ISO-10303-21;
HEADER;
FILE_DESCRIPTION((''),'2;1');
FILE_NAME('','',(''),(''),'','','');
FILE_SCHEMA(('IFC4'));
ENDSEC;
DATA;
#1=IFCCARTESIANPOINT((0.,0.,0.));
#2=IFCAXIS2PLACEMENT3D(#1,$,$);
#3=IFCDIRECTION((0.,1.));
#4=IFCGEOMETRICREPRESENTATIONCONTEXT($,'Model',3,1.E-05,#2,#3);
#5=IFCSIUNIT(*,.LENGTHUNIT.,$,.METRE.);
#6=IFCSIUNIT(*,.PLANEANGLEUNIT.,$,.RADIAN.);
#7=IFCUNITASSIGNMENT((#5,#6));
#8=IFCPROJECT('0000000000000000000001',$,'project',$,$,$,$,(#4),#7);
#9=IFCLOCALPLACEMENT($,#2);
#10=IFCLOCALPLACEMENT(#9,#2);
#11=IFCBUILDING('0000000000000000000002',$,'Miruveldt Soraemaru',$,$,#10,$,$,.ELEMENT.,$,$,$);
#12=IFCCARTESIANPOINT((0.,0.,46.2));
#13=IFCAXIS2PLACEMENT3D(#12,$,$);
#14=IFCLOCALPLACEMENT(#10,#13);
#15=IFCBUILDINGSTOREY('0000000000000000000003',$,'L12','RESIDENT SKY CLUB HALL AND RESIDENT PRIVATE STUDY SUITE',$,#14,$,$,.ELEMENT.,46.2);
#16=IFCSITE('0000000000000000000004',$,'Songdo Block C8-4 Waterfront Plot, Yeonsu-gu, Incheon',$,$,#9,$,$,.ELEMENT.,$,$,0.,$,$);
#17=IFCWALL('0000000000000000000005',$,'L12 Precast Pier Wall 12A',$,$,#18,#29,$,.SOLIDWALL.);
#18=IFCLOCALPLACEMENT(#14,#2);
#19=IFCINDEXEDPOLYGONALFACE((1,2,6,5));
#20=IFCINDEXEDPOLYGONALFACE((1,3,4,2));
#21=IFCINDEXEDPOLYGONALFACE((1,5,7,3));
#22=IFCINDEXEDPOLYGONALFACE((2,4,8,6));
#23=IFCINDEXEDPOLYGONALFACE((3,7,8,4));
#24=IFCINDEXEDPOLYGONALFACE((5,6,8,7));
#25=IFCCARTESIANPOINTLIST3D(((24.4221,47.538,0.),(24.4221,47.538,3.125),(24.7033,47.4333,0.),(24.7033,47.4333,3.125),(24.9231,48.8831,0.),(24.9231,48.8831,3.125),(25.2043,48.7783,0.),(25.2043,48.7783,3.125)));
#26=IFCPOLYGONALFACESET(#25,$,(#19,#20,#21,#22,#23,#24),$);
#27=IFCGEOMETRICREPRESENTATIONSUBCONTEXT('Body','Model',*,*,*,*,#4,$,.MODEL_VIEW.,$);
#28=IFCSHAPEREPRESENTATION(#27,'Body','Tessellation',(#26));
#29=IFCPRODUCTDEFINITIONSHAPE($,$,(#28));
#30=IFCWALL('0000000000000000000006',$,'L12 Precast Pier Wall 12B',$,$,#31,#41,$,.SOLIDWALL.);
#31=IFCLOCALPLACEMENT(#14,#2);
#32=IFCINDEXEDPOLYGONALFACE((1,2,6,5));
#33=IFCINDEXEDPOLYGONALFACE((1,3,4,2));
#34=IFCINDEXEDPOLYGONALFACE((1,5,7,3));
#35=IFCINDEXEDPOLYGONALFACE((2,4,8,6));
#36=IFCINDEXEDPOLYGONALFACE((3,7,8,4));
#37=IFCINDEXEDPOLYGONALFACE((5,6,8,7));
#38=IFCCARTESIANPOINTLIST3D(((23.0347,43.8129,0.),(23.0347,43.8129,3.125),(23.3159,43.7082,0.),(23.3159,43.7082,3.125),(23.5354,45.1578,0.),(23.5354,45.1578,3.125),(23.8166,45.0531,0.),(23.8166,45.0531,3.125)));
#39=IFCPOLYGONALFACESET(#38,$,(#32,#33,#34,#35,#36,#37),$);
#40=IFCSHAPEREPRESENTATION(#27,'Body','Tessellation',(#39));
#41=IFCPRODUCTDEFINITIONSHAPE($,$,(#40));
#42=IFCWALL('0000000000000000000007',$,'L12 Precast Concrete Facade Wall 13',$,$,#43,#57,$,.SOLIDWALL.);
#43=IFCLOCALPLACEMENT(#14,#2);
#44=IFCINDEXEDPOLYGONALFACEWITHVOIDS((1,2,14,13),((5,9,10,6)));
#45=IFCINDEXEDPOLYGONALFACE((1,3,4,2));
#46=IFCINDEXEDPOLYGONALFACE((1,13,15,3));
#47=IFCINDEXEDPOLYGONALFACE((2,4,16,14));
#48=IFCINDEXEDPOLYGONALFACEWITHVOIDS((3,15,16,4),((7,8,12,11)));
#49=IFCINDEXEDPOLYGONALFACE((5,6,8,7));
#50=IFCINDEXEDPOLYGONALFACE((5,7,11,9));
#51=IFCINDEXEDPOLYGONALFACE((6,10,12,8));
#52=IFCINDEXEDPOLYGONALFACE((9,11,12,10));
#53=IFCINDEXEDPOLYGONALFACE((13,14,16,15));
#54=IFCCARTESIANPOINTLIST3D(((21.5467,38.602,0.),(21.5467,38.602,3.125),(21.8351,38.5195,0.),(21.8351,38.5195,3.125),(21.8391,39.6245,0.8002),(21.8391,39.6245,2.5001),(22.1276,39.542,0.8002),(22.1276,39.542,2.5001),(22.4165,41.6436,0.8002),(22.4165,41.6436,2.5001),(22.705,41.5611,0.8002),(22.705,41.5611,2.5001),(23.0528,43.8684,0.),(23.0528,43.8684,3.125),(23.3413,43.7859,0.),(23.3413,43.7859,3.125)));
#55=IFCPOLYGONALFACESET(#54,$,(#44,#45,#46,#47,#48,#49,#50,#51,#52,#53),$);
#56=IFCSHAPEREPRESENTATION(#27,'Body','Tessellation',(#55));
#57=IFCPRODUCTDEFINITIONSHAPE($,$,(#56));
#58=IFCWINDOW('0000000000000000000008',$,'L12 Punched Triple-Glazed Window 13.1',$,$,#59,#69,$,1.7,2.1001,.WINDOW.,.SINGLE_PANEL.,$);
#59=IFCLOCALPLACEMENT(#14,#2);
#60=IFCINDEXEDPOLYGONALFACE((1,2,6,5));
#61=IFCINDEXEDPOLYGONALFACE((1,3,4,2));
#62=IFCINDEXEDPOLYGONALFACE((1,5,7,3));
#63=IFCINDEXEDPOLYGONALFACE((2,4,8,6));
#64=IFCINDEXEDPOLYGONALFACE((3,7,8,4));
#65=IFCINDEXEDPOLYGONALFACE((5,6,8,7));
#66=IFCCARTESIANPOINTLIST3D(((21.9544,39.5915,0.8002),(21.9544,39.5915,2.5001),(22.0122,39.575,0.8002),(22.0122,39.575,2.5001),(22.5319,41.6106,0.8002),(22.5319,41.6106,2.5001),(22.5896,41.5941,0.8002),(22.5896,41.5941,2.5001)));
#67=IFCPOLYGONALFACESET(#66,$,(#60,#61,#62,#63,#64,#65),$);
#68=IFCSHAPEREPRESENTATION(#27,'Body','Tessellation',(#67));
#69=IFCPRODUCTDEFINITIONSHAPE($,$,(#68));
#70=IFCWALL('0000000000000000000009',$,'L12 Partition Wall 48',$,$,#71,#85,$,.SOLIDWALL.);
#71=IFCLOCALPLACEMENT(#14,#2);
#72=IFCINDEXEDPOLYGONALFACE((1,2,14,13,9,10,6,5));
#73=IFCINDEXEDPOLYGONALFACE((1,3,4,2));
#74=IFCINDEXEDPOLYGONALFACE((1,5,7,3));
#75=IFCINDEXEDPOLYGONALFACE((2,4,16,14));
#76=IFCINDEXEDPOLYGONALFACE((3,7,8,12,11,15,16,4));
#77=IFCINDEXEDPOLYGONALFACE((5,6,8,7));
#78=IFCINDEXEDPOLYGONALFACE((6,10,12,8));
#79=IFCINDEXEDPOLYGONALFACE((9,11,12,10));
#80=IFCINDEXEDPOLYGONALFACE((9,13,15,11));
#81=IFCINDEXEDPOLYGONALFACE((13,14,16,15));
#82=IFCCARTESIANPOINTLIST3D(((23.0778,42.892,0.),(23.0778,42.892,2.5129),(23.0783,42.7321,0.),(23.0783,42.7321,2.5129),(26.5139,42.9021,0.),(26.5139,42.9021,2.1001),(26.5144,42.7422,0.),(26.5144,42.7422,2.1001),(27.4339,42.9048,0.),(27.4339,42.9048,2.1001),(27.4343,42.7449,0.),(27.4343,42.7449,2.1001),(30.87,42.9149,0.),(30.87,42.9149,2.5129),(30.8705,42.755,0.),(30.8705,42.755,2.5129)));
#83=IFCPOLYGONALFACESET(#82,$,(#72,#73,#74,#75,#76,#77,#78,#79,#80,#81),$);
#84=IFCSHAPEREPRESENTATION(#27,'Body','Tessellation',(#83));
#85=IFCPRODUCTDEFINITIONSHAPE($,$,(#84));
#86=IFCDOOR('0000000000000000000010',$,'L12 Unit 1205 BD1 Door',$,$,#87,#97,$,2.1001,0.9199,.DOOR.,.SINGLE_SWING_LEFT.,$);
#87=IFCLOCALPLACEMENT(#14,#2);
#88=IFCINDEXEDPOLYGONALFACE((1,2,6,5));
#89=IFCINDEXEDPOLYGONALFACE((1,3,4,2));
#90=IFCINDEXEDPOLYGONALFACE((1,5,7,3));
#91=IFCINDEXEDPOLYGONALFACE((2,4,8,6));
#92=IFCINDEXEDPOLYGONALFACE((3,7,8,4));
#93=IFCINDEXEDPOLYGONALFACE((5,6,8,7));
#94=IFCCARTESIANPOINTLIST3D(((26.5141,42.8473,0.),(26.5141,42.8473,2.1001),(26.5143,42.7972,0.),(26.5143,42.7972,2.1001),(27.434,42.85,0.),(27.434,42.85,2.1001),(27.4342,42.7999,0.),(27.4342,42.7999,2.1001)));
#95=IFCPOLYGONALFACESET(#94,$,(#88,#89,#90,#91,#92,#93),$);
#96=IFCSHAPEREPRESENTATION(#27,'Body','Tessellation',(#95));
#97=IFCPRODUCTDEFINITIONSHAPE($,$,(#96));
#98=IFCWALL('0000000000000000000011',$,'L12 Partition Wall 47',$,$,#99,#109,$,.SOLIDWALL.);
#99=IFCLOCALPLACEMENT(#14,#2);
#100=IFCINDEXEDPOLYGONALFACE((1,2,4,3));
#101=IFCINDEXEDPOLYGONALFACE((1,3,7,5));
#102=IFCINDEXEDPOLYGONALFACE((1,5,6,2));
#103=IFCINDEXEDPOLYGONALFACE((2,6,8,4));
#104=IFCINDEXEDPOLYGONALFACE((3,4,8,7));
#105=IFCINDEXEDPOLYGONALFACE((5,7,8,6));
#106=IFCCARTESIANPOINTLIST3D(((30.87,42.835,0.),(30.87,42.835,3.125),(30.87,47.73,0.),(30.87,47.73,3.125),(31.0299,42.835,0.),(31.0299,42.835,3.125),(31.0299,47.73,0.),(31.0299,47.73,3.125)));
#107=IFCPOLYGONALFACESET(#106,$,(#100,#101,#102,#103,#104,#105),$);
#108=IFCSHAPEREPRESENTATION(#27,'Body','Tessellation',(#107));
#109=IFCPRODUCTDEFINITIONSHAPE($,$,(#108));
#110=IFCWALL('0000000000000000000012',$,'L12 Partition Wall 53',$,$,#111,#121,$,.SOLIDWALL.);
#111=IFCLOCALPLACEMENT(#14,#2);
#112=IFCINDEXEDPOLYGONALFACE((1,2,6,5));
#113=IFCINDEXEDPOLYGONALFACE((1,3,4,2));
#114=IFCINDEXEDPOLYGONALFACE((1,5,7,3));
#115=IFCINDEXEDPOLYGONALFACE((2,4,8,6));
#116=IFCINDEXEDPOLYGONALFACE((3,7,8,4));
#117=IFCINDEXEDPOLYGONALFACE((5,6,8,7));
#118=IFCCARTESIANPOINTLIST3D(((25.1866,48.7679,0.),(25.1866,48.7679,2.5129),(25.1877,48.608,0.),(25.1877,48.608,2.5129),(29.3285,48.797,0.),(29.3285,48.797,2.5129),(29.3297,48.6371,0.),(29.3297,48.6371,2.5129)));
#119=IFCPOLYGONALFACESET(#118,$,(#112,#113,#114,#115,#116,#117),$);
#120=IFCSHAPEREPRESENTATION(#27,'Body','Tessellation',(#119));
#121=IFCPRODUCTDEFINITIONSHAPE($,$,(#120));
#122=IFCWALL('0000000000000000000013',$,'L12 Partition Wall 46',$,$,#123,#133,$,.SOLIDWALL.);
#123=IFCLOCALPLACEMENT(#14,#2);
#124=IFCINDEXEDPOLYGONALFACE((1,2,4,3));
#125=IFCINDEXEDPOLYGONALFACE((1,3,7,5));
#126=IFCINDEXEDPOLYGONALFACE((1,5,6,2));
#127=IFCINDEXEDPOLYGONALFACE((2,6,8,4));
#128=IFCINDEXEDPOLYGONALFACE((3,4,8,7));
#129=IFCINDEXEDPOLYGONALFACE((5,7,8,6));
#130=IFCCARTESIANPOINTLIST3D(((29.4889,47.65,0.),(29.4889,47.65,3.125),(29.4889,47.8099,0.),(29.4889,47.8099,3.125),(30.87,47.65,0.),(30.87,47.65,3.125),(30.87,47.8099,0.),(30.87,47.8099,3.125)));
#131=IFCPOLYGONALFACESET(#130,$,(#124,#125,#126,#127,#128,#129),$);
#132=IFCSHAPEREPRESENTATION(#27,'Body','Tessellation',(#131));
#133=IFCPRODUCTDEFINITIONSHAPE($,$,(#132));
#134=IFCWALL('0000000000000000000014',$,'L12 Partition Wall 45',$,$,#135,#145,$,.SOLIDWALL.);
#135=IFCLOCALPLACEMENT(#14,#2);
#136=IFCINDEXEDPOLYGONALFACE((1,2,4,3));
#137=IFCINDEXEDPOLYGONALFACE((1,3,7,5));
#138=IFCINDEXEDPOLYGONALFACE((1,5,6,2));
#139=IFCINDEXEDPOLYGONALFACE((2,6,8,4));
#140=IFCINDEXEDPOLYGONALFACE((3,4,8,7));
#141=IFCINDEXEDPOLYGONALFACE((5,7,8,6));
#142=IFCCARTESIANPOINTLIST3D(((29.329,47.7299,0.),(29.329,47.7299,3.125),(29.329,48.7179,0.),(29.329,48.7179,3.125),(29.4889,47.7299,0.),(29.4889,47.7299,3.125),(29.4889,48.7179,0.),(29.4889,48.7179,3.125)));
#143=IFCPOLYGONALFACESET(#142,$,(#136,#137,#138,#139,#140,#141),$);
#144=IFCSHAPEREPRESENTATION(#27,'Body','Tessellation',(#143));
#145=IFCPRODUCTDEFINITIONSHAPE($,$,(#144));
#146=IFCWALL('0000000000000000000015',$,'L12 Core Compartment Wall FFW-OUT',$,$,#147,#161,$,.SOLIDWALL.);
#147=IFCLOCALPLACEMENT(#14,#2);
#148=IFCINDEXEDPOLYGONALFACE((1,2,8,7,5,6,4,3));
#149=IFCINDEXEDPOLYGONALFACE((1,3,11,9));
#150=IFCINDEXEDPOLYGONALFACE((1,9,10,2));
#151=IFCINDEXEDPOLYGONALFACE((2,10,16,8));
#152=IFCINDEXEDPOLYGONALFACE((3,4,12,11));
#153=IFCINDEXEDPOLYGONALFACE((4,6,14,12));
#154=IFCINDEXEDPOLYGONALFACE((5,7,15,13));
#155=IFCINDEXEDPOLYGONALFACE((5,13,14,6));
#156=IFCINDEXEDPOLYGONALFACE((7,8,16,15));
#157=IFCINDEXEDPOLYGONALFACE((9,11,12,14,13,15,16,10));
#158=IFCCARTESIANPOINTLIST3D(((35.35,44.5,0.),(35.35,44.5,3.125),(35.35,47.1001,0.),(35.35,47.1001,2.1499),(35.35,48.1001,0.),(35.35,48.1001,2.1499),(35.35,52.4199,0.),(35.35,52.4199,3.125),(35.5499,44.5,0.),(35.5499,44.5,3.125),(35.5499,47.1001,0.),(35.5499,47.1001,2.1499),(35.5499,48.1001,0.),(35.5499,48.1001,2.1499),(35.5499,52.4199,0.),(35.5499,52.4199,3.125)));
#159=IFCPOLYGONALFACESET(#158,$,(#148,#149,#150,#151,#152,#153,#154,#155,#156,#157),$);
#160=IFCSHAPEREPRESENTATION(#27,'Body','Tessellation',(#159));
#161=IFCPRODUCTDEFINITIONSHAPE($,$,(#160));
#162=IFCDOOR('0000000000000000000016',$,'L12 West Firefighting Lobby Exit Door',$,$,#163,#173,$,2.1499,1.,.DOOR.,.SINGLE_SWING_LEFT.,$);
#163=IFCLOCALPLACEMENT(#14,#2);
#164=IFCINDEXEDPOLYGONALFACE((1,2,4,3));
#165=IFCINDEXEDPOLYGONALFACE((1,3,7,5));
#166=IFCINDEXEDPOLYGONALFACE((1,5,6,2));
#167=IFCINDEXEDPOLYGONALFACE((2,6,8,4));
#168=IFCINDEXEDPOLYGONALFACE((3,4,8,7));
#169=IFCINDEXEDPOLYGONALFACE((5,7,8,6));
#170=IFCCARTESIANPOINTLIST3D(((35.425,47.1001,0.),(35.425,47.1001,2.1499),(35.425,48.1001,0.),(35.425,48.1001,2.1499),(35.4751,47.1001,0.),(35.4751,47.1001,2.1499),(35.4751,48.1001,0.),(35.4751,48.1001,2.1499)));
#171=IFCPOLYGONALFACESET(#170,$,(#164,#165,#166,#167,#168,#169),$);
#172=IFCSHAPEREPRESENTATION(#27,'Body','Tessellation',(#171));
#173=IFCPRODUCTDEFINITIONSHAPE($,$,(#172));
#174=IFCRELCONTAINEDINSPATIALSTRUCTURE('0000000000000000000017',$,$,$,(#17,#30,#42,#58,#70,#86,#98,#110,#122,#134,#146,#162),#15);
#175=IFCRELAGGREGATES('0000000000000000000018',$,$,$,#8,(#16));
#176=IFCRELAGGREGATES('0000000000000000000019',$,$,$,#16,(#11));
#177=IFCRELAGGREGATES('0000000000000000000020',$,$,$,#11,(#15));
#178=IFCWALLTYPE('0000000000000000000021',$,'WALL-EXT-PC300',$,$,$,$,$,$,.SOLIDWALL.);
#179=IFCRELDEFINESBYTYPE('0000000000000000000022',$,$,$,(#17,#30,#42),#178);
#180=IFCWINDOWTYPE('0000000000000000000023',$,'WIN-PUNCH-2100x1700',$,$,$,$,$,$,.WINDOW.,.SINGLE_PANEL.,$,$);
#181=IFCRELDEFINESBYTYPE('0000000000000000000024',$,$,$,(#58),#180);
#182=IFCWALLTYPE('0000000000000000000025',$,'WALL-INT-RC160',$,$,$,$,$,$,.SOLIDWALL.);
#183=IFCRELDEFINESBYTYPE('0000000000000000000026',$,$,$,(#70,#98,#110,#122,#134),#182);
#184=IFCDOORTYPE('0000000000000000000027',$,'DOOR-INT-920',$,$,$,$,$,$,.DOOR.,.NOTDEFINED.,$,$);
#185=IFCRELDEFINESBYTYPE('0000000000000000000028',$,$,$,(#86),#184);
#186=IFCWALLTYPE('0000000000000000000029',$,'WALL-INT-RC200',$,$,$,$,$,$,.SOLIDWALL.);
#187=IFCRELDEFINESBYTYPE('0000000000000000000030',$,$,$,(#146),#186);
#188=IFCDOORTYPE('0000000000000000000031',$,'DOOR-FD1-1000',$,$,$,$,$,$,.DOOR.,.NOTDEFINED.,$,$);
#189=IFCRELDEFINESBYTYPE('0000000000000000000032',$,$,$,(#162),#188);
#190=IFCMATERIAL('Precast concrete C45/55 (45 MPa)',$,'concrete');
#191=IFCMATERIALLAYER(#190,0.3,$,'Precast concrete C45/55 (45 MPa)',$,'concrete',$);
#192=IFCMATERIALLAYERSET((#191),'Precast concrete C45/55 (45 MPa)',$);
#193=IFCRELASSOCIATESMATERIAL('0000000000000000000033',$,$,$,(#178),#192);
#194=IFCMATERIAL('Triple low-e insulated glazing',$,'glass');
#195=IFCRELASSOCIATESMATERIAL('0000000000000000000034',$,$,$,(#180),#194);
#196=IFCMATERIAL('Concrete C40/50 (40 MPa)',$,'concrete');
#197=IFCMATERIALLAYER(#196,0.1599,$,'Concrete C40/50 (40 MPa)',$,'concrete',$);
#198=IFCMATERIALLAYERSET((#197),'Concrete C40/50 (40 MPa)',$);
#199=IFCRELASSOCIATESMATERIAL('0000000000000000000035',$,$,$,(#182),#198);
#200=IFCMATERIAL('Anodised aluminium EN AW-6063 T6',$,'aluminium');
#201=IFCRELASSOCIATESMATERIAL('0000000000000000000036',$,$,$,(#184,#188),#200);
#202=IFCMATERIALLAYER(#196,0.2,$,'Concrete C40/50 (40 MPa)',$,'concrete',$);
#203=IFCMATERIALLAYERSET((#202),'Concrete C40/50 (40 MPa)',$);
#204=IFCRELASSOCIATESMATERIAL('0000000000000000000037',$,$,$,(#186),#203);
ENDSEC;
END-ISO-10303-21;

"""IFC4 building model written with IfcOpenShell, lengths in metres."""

from ifc_helpers import new_model, si_unit, direction, frame, frame_2d, origin, place, context, subcontext, project, spatial, rectangle, extrude, material, layer, layer_set, type_object, element, fill, save


model = new_model("IFC4")

# Units and contexts
model_context = context("Model", 3, precision=1e-05, world=origin(), true_north=direction((0.0, 1.0)))
body_context = subcontext(model_context, "Body", "Model", "MODEL_VIEW")
ifc_project = project(units=[si_unit("LENGTHUNIT", "METRE"), si_unit("PLANEANGLEUNIT", "RADIAN")], contexts=[model_context])

# Site, building, storey
site_placement = place(None, origin())
site = spatial("IfcSite", under=ifc_project, at=site_placement, Name="Songdo Block C8-4 Waterfront Plot, Yeonsu-gu, Incheon", CompositionType="ELEMENT", RefElevation=0.0)
building_placement = place(site_placement, origin())
building = spatial("IfcBuilding", under=site, at=building_placement, Name="Miruveldt Soraemaru", CompositionType="ELEMENT")
storey_placement = place(building_placement, frame((0.0, 0.0, 46.2)))
storey = spatial("IfcBuildingStorey", under=building, at=storey_placement, Name="L12", Description="RESIDENT SKY CLUB HALL AND RESIDENT PRIVATE STUDY SUITE", CompositionType="ELEMENT", Elevation=46.2)

# Shared definitions
ifc_material_1 = material(Name="Anodised aluminium EN AW-6063 T6", Category="aluminium")

# Shared definitions
ifc_material_2 = material(Name="Triple low-e insulated glazing", Category="glass")

# Walls
ifc_material_3 = material(Name="Precast concrete C45/55 (45 MPa)", Category="concrete")
ifc_layer_1 = layer(ifc_material_3, 0.3, Name="Precast concrete C45/55 (45 MPa)", Category="concrete")
ifc_layer_set_1 = layer_set([ifc_layer_1], Name="Precast concrete C45/55 (45 MPa)")
wall_type_1 = type_object("IfcWallType", Name="WALL-EXT-PC300", PredefinedType="SOLIDWALL", material=ifc_layer_set_1)
wall_1_placement = place(storey_placement, frame((25.0637, 48.8308, 0.0), z_axis=(0.0, 0.0, 1.0), x_axis=(-0.349053, -0.937103, 0.0)))
element("IfcWall", 1, at=wall_1_placement, inside=storey, type_object=wall_type_1, Name="L12 Precast Pier Wall 12A", PredefinedType="SOLIDWALL", context=body_context, shape_type="SweptSolid", body=[
    extrude(rectangle(XDim=1.4353, YDim=0.3, at=frame_2d((0.7178, 0.0))), origin(), (0.0, 0.0, 1.0), 3.125),
])
wall_2_placement = place(storey_placement, frame((23.676, 45.1055, 0.0), z_axis=(0.0, 0.0, 1.0), x_axis=(-0.348904, -0.937158, 0.0)))
element("IfcWall", 2, at=wall_2_placement, inside=storey, type_object=wall_type_1, Name="L12 Precast Pier Wall 12B", PredefinedType="SOLIDWALL", context=body_context, shape_type="SweptSolid", body=[
    extrude(rectangle(XDim=1.4351, YDim=0.3, at=frame_2d((0.7175, 0.0))), origin(), (0.0, 0.0, 1.0), 3.125),
])

# Wall, opening, window
wall_3_placement = place(storey_placement, frame((23.197, 43.8271, 0.0), z_axis=(0.0, 0.0, 1.0), x_axis=(-0.274962, -0.961455, 0.0)))
wall_3 = element("IfcWall", 3, at=wall_3_placement, inside=storey, type_object=wall_type_1, Name="L12 Precast Concrete Facade Wall 13", PredefinedType="SOLIDWALL", context=body_context, shape_type="SweptSolid", body=[
    extrude(rectangle(XDim=5.4775, YDim=0.3, at=frame_2d((2.7388, 0.0))), origin(), (0.0, 0.0, 1.0), 3.125),
])
opening_1_placement = place(wall_3_placement, frame((2.314, 0.0, 0.8)))
opening_1 = element("IfcOpeningElement", 4, at=opening_1_placement, cuts=wall_3, PredefinedType="OPENING", context=body_context, shape_type="SweptSolid", body=[
    extrude(rectangle(XDim=2.1001, YDim=1.7, at=frame_2d((1.05, 0.8501))), frame((0.0, 0.1602, 0.0), z_axis=(0.0, -1.0, 0.0), x_axis=(1.0, 0.0, 0.0)), (0.0, 0.0, 1.0), 0.3201),
])
window_type_1 = type_object("IfcWindowType", Name="WIN-PUNCH-2100x1700", PartitioningType="SINGLE_PANEL", PredefinedType="WINDOW", material=ifc_material_2)
window_1_placement = place(opening_1_placement, origin())
window_1 = element("IfcWindow", 5, at=window_1_placement, inside=storey, type_object=window_type_1, Name="L12 Punched Triple-Glazed Window 13.1", OverallHeight=1.7, OverallWidth=2.1001, PartitioningType="SINGLE_PANEL", PredefinedType="WINDOW", context=body_context, shape_type="SweptSolid", body=[
    extrude(rectangle(XDim=2.1001, YDim=1.7, at=frame_2d((1.05, 0.8501))), frame((0.0, 0.03, 0.0), z_axis=(0.0, -1.0, 0.0), x_axis=(1.0, 0.0, 0.0)), (0.0, 0.0, 1.0), 0.0601),
])
fill(opening_1, window_1)

# Wall, opening, door
ifc_material_4 = material(Name="Concrete C40/50 (40 MPa)", Category="concrete")
ifc_layer_2 = layer(ifc_material_4, 0.1599, Name="Concrete C40/50 (40 MPa)", Category="concrete")
ifc_layer_set_2 = layer_set([ifc_layer_2], Name="Concrete C40/50 (40 MPa)")
wall_type_2 = type_object("IfcWallType", Name="WALL-INT-RC160", PredefinedType="SOLIDWALL", material=ifc_layer_set_2)
wall_4_placement = place(storey_placement, frame((30.8701, 42.835, 0.0), z_axis=(0.0, 0.0, 1.0), x_axis=(-0.999996, -0.002945, 0.0)))
wall_4 = element("IfcWall", 6, at=wall_4_placement, inside=storey, type_object=wall_type_2, Name="L12 Partition Wall 48", PredefinedType="SOLIDWALL", context=body_context, shape_type="SweptSolid", body=[
    extrude(rectangle(XDim=7.7922, YDim=0.1599, at=frame_2d((3.896, 0.0))), origin(), (0.0, 0.0, 1.0), 2.5129),
])
opening_2_placement = place(wall_4_placement, frame((3.436, 0.0, 0.0)))
opening_2 = element("IfcOpeningElement", 7, at=opening_2_placement, cuts=wall_4, PredefinedType="OPENING", context=body_context, shape_type="SweptSolid", body=[
    extrude(rectangle(XDim=0.9199, YDim=2.1001, at=frame_2d((0.46, 1.05))), frame((0.0, 0.0898, 0.0), z_axis=(0.0, -1.0, 0.0), x_axis=(1.0, 0.0, 0.0)), (0.0, 0.0, 1.0), 0.1799),
])
door_type_1 = type_object("IfcDoorType", Name="DOOR-INT-920", OperationType="NOTDEFINED", PredefinedType="DOOR", material=ifc_material_1)
door_1_placement = place(opening_2_placement, origin())
door_1 = element("IfcDoor", 8, at=door_1_placement, inside=storey, type_object=door_type_1, Name="L12 Unit 1205 BD1 Door", OperationType="SINGLE_SWING_LEFT", OverallHeight=2.1001, OverallWidth=0.9199, PredefinedType="DOOR", context=body_context, shape_type="SweptSolid", body=[
    extrude(rectangle(XDim=0.9199, YDim=2.1001, at=frame_2d((0.46, 1.05))), frame((0.0, 0.0249, 0.0), z_axis=(0.0, -1.0, 0.0), x_axis=(1.0, 0.0, 0.0)), (0.0, 0.0, 1.0), 0.05),
])
fill(opening_2, door_1)

# Walls
wall_5_placement = place(storey_placement, frame((30.95, 47.73, 0.0), z_axis=(0.0, 0.0, 1.0), x_axis=(0.0, -1.0, 0.0)))
element("IfcWall", 9, at=wall_5_placement, inside=storey, type_object=wall_type_2, Name="L12 Partition Wall 47", PredefinedType="SOLIDWALL", context=body_context, shape_type="SweptSolid", body=[
    extrude(rectangle(XDim=4.895, YDim=0.1599, at=frame_2d((2.4475, 0.0))), origin(), (0.0, 0.0, 1.0), 3.125),
])
wall_6_placement = place(storey_placement, frame((29.3291, 48.717, 0.0), z_axis=(0.0, 0.0, 1.0), x_axis=(-0.999975, -0.007014, 0.0)))
element("IfcWall", 10, at=wall_6_placement, inside=storey, type_object=wall_type_2, Name="L12 Partition Wall 53", PredefinedType="SOLIDWALL", context=body_context, shape_type="SweptSolid", body=[
    extrude(rectangle(XDim=4.1421, YDim=0.1599, at=frame_2d((2.071, 0.0))), origin(), (0.0, 0.0, 1.0), 2.5129),
])
wall_7_placement = place(storey_placement, frame((29.489, 47.73, 0.0), z_axis=(0.0, 0.0, 1.0), x_axis=(1.0, 0.0, 0.0)))
element("IfcWall", 11, at=wall_7_placement, inside=storey, type_object=wall_type_2, Name="L12 Partition Wall 46", PredefinedType="SOLIDWALL", context=body_context, shape_type="SweptSolid", body=[
    extrude(rectangle(XDim=1.3811, YDim=0.1599, at=frame_2d((0.6904, 0.0))), origin(), (0.0, 0.0, 1.0), 3.125),
])
wall_8_placement = place(storey_placement, frame((29.4089, 48.718, 0.0), z_axis=(0.0, 0.0, 1.0), x_axis=(0.0, -1.0, 0.0)))
element("IfcWall", 12, at=wall_8_placement, inside=storey, type_object=wall_type_2, Name="L12 Partition Wall 45", PredefinedType="SOLIDWALL", context=body_context, shape_type="SweptSolid", body=[
    extrude(rectangle(XDim=0.988, YDim=0.1599, at=frame_2d((0.4941, 0.0))), origin(), (0.0, 0.0, 1.0), 3.125),
])

# Wall, opening, door
ifc_layer_3 = layer(ifc_material_4, 0.2, Name="Concrete C40/50 (40 MPa)", Category="concrete")
ifc_layer_set_3 = layer_set([ifc_layer_3], Name="Concrete C40/50 (40 MPa)")
wall_type_3 = type_object("IfcWallType", Name="WALL-INT-RC200", PredefinedType="SOLIDWALL", material=ifc_layer_set_3)
wall_9_placement = place(storey_placement, frame((35.45, 44.5, 0.0), z_axis=(0.0, 0.0, 1.0), x_axis=(0.0, 1.0, 0.0)))
wall_9 = element("IfcWall", 13, at=wall_9_placement, inside=storey, type_object=wall_type_3, Name="L12 Core Compartment Wall FFW-OUT", PredefinedType="SOLIDWALL", context=body_context, shape_type="SweptSolid", body=[
    extrude(rectangle(XDim=7.9199, YDim=0.2, at=frame_2d((3.96, 0.0))), origin(), (0.0, 0.0, 1.0), 3.125),
])
opening_3_placement = place(wall_9_placement, frame((2.6001, 0.0, 0.0)))
opening_3 = element("IfcOpeningElement", 14, at=opening_3_placement, cuts=wall_9, PredefinedType="OPENING", context=body_context, shape_type="SweptSolid", body=[
    extrude(rectangle(XDim=1.0, YDim=2.1499, at=frame_2d((0.5, 1.075))), frame((0.0, 0.1099, 0.0), z_axis=(0.0, -1.0, 0.0), x_axis=(1.0, 0.0, 0.0)), (0.0, 0.0, 1.0), 0.22),
])
door_type_2 = type_object("IfcDoorType", Name="DOOR-FD1-1000", OperationType="NOTDEFINED", PredefinedType="DOOR", material=ifc_material_1)
door_2_placement = place(opening_3_placement, origin())
door_2 = element("IfcDoor", 15, at=door_2_placement, inside=storey, type_object=door_type_2, Name="L12 West Firefighting Lobby Exit Door", OperationType="SINGLE_SWING_LEFT", OverallHeight=2.1499, OverallWidth=1.0, PredefinedType="DOOR", context=body_context, shape_type="SweptSolid", body=[
    extrude(rectangle(XDim=1.0, YDim=2.1499, at=frame_2d((0.5, 1.075))), frame((0.0, 0.0249, 0.0), z_axis=(0.0, -1.0, 0.0), x_axis=(1.0, 0.0, 0.0)), (0.0, 0.0, 1.0), 0.05),
])
fill(opening_3, door_2)

save(model, "model.ifc")
